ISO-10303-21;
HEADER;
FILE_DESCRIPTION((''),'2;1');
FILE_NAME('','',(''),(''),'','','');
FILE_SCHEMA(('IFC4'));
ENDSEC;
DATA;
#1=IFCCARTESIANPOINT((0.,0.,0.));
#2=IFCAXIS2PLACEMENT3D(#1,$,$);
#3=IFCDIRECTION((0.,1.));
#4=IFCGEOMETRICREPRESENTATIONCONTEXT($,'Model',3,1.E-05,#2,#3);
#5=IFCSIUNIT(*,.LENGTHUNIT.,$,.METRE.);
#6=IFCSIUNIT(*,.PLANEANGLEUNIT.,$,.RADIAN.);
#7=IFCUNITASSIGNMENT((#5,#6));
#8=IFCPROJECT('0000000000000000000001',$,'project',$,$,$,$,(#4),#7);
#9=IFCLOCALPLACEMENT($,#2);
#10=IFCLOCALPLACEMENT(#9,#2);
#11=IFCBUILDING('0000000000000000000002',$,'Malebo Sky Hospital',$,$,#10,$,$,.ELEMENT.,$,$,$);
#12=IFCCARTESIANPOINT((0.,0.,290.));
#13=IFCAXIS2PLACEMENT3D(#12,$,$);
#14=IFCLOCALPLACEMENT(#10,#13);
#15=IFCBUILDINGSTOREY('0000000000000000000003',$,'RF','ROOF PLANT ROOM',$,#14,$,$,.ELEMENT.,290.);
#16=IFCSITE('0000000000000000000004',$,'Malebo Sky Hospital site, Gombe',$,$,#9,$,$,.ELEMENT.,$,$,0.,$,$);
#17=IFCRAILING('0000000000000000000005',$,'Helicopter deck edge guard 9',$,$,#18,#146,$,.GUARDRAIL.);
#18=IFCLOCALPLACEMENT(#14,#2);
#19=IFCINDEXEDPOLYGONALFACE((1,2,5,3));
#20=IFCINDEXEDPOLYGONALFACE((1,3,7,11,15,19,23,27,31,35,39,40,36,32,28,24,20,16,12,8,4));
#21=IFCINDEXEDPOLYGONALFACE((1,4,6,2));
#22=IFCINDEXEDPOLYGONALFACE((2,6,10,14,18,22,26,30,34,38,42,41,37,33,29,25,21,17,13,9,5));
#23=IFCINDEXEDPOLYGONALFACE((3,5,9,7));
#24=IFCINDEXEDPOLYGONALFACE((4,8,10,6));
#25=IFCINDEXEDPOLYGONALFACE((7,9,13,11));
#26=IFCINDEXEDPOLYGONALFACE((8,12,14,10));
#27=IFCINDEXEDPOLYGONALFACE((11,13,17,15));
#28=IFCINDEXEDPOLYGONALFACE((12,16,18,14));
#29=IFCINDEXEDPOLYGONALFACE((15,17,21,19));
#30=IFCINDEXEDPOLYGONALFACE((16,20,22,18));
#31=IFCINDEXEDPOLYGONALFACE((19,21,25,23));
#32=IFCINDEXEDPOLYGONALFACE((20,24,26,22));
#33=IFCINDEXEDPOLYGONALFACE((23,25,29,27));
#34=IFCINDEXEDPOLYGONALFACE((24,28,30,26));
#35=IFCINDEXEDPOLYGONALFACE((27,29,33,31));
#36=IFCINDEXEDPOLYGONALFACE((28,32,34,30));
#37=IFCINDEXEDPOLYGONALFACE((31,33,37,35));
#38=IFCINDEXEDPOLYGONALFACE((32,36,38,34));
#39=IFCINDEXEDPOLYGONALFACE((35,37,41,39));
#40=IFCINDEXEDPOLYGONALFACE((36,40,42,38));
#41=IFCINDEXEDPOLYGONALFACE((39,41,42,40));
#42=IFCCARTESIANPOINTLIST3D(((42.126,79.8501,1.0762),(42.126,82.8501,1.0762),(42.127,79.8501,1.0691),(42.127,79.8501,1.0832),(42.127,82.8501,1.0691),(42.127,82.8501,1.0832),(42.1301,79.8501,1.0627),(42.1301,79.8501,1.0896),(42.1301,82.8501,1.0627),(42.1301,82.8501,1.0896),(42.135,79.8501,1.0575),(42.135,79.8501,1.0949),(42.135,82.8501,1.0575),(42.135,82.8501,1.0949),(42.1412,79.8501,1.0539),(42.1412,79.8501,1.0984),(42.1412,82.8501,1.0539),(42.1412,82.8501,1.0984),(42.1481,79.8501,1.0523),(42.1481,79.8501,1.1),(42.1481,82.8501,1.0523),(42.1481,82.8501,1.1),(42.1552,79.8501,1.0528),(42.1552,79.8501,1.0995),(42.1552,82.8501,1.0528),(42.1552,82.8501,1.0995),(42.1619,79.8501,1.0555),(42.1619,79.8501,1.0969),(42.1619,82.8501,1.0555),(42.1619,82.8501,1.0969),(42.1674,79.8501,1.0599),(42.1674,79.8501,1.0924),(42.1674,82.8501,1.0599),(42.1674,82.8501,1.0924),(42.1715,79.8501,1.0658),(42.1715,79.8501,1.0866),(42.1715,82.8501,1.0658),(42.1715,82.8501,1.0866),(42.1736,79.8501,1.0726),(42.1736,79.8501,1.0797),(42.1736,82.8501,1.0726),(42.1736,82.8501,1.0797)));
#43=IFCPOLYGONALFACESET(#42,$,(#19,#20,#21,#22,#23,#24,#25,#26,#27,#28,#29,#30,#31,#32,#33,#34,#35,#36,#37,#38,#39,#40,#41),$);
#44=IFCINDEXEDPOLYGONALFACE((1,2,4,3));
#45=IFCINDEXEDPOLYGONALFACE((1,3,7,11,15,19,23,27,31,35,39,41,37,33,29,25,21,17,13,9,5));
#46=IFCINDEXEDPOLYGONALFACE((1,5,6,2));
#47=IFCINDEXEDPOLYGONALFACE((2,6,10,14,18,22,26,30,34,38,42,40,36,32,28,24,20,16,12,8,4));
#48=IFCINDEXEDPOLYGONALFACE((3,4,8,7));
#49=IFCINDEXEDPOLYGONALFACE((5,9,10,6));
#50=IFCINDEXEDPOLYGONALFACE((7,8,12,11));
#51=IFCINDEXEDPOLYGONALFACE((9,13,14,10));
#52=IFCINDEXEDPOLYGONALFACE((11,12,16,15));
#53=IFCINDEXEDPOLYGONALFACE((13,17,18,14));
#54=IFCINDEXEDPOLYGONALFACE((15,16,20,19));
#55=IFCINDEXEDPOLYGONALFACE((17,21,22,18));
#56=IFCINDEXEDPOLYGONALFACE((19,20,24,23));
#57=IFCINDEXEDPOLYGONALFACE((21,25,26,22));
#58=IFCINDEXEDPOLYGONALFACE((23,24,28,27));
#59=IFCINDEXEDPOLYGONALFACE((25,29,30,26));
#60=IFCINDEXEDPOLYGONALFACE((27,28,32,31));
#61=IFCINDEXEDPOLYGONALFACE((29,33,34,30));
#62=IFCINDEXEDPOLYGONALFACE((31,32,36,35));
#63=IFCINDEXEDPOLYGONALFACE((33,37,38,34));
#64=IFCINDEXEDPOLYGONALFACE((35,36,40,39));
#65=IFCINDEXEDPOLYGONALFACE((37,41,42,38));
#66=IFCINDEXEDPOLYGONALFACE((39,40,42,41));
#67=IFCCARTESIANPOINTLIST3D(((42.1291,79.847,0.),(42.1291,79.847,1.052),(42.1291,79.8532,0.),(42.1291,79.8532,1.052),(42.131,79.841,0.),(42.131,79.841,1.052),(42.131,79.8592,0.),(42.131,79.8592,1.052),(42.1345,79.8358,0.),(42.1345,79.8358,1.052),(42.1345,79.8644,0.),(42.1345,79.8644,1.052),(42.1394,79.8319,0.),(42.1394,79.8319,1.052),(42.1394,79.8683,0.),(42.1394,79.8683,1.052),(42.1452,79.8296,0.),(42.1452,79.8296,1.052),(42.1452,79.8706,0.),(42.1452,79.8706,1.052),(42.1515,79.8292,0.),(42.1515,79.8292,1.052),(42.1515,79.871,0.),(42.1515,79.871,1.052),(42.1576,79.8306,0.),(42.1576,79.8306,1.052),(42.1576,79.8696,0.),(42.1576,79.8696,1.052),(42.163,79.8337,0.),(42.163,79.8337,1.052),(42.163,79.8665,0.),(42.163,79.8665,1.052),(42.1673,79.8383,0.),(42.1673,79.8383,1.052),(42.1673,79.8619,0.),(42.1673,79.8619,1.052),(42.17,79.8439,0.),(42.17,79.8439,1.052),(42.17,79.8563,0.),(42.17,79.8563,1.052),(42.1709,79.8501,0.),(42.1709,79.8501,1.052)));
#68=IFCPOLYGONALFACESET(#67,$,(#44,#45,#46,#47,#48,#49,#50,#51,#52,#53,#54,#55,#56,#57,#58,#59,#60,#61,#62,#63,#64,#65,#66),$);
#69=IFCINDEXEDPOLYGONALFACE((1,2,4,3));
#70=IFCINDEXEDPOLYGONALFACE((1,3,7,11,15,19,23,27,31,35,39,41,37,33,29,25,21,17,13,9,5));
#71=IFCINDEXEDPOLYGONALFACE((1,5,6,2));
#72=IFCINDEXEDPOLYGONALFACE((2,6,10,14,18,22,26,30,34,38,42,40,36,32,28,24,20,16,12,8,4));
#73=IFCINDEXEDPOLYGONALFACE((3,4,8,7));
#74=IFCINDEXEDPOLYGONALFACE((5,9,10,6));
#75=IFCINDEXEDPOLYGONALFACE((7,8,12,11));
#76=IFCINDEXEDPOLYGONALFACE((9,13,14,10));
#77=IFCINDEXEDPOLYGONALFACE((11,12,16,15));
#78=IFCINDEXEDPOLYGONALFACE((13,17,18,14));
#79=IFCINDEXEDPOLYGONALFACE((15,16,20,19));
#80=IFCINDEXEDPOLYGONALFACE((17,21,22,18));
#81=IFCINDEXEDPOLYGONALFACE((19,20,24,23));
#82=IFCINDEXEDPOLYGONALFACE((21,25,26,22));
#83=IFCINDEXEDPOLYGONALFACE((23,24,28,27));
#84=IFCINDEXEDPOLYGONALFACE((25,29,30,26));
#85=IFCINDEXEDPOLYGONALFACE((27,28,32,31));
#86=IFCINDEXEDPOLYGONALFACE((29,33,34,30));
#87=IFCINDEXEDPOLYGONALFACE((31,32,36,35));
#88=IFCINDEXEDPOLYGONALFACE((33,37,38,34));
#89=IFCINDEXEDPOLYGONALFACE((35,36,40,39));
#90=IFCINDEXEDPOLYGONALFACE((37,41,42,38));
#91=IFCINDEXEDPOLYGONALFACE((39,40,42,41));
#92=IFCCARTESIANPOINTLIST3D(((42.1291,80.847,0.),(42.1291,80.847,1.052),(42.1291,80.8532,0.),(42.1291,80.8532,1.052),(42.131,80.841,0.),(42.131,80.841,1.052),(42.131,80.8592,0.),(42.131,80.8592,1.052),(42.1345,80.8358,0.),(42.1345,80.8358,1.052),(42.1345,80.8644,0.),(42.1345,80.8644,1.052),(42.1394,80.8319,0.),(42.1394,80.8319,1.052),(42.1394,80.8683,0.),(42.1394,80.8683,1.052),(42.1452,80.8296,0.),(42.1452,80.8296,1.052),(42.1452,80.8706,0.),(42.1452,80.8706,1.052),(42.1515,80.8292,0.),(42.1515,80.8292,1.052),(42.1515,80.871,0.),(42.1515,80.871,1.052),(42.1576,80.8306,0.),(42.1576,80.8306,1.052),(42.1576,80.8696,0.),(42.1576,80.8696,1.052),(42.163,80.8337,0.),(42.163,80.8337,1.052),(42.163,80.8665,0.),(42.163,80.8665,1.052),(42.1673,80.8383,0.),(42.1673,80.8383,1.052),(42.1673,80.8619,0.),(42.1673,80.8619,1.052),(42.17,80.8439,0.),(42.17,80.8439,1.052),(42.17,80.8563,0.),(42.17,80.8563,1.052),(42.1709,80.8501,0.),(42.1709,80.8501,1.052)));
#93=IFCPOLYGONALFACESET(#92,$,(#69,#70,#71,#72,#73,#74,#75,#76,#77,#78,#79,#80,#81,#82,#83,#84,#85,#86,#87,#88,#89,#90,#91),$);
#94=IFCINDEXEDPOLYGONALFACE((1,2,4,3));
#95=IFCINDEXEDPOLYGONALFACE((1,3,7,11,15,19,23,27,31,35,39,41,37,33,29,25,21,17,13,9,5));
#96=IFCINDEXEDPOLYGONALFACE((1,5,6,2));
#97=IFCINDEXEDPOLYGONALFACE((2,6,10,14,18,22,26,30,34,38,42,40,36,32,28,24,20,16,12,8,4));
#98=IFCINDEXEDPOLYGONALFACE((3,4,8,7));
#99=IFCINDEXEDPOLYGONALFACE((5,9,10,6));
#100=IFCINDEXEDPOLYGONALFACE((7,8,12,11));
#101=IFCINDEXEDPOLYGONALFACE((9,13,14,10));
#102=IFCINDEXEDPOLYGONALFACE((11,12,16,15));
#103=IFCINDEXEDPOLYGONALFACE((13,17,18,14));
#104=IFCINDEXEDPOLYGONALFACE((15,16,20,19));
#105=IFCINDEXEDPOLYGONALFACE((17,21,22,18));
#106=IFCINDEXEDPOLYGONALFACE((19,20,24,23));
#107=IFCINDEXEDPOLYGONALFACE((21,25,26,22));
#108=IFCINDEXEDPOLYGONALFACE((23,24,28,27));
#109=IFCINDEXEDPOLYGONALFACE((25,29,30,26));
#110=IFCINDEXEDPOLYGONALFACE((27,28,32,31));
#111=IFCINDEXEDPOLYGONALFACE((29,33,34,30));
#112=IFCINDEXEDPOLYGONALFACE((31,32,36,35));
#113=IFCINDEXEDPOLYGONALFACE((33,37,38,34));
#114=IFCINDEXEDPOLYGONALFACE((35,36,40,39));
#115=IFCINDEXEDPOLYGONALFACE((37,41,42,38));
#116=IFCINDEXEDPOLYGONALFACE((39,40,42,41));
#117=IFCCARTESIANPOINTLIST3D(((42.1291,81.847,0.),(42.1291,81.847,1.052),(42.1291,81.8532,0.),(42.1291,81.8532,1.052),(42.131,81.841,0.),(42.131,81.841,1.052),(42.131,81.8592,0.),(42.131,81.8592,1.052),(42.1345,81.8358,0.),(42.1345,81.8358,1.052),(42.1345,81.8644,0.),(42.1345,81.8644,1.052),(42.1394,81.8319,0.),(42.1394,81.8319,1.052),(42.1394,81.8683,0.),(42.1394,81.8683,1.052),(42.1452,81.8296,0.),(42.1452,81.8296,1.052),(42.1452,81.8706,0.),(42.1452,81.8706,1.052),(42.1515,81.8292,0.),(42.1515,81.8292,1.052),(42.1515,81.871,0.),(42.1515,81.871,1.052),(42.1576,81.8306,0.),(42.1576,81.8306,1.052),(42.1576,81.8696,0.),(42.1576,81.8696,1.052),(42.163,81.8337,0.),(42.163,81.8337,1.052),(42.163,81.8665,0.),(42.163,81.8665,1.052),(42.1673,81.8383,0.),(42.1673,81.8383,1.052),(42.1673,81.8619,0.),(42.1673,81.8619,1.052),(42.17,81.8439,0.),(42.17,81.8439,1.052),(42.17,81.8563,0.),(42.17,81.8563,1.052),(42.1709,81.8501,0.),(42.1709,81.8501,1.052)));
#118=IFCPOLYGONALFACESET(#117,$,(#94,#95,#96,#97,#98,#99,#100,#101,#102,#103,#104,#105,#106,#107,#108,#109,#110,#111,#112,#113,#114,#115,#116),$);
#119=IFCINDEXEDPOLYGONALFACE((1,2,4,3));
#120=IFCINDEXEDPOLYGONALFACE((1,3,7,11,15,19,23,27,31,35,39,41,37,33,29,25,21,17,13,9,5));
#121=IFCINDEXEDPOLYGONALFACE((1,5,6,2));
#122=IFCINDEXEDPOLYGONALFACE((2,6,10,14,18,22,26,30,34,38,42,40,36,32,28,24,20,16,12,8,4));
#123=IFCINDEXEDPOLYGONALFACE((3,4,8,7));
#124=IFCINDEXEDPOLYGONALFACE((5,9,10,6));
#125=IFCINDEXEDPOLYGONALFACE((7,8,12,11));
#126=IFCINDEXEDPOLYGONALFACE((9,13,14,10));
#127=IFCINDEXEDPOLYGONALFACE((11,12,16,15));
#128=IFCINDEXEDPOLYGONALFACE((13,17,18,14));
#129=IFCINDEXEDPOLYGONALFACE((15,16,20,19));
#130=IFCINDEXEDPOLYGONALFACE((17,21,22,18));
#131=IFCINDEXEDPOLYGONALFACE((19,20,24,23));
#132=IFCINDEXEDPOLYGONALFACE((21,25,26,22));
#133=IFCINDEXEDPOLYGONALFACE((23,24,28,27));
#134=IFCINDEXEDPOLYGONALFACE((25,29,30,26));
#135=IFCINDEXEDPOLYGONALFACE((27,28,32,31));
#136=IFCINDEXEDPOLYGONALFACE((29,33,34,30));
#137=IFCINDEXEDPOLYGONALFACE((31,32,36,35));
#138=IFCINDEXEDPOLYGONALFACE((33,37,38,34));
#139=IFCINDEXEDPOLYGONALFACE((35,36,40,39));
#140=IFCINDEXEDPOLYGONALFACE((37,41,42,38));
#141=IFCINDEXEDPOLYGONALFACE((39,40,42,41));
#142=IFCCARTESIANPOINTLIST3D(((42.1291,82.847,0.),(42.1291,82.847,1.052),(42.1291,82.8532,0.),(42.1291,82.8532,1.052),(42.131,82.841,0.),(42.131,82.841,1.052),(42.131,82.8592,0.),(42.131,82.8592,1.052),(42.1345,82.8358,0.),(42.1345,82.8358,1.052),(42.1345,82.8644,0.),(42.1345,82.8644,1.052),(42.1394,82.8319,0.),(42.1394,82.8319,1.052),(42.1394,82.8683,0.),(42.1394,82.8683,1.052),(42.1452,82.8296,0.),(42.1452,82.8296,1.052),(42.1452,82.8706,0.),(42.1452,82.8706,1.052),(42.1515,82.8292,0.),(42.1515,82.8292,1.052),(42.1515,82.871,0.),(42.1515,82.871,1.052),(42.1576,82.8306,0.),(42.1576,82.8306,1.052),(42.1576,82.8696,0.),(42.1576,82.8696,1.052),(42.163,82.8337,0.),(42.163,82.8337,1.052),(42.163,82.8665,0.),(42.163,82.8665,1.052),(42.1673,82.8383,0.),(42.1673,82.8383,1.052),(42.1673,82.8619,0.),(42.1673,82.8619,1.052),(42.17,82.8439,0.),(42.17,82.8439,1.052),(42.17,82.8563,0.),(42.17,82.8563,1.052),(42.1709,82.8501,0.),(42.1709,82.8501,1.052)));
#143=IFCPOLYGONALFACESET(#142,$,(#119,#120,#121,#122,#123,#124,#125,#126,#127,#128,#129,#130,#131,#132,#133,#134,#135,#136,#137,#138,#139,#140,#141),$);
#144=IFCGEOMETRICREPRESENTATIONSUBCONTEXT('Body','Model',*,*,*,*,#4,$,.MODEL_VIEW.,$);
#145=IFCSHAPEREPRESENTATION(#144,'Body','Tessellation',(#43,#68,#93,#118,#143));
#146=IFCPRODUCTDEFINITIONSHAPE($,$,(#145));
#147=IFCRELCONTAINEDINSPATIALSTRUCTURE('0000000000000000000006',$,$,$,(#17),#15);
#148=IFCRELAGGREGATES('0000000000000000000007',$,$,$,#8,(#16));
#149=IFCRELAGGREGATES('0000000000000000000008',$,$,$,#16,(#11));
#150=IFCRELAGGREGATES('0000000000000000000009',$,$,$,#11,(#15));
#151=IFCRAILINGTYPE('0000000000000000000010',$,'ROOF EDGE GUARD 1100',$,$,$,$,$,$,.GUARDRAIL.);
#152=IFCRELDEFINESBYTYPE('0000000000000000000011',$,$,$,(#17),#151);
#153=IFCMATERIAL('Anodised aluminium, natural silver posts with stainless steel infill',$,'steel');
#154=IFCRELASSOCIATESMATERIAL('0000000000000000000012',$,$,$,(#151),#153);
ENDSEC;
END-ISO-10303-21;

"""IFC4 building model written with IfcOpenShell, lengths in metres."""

from ifc_helpers import new_model, si_unit, direction, frame, origin, origin_2d, place, context, subcontext, project, spatial, circle, extrude, material, type_object, element, save


model = new_model("IFC4")

# Units and contexts
model_context = context("Model", 3, precision=1e-05, world=origin(), true_north=direction((0.0, 1.0)))
body_context = subcontext(model_context, "Body", "Model", "MODEL_VIEW")
ifc_project = project(units=[si_unit("LENGTHUNIT", "METRE"), si_unit("PLANEANGLEUNIT", "RADIAN")], contexts=[model_context])

# Site, building, storey
site_placement = place(None, origin())
site = spatial("IfcSite", under=ifc_project, at=site_placement, Name="Malebo Sky Hospital site, Gombe", CompositionType="ELEMENT", RefElevation=0.0)
building_placement = place(site_placement, origin())
building = spatial("IfcBuilding", under=site, at=building_placement, Name="Malebo Sky Hospital", CompositionType="ELEMENT")
storey_placement = place(building_placement, frame((0.0, 0.0, 290.0)))
storey = spatial("IfcBuildingStorey", under=building, at=storey_placement, Name="RF", Description="ROOF PLANT ROOM", CompositionType="ELEMENT", Elevation=290.0)

# Railing
ifc_material_1 = material(Name="Anodised aluminium, natural silver posts with stainless steel infill", Category="steel")
railing_type = type_object("IfcRailingType", Name="ROOF EDGE GUARD 1100", PredefinedType="GUARDRAIL", material=ifc_material_1)
railing_1_placement = place(storey_placement, frame((42.1499, 79.8501, 0.0)))
element("IfcRailing", 1, at=railing_1_placement, inside=storey, type_object=railing_type, Name="Helicopter deck edge guard 9", PredefinedType="GUARDRAIL", context=body_context, shape_type="SweptSolid", body=[
    extrude(circle(Radius=0.0239, at=origin_2d()), frame((0.0, 0.0, 1.0762), z_axis=(0.0, 1.0, 0.0), x_axis=(-1.0, 0.0, 0.0)), (0.0, 0.0, 1.0), 3.0),
    extrude(circle(Radius=0.021, at=origin_2d()), origin(), (0.0, 0.0, 1.0), 1.052),
    extrude(circle(Radius=0.021, at=origin_2d()), frame((0.0, 1.0, 0.0)), (0.0, 0.0, 1.0), 1.052),
    extrude(circle(Radius=0.021, at=origin_2d()), frame((0.0, 2.0, 0.0)), (0.0, 0.0, 1.0), 1.052),
    extrude(circle(Radius=0.021, at=origin_2d()), frame((0.0, 3.0, 0.0)), (0.0, 0.0, 1.0), 1.052),
])

save(model, "model.ifc")
